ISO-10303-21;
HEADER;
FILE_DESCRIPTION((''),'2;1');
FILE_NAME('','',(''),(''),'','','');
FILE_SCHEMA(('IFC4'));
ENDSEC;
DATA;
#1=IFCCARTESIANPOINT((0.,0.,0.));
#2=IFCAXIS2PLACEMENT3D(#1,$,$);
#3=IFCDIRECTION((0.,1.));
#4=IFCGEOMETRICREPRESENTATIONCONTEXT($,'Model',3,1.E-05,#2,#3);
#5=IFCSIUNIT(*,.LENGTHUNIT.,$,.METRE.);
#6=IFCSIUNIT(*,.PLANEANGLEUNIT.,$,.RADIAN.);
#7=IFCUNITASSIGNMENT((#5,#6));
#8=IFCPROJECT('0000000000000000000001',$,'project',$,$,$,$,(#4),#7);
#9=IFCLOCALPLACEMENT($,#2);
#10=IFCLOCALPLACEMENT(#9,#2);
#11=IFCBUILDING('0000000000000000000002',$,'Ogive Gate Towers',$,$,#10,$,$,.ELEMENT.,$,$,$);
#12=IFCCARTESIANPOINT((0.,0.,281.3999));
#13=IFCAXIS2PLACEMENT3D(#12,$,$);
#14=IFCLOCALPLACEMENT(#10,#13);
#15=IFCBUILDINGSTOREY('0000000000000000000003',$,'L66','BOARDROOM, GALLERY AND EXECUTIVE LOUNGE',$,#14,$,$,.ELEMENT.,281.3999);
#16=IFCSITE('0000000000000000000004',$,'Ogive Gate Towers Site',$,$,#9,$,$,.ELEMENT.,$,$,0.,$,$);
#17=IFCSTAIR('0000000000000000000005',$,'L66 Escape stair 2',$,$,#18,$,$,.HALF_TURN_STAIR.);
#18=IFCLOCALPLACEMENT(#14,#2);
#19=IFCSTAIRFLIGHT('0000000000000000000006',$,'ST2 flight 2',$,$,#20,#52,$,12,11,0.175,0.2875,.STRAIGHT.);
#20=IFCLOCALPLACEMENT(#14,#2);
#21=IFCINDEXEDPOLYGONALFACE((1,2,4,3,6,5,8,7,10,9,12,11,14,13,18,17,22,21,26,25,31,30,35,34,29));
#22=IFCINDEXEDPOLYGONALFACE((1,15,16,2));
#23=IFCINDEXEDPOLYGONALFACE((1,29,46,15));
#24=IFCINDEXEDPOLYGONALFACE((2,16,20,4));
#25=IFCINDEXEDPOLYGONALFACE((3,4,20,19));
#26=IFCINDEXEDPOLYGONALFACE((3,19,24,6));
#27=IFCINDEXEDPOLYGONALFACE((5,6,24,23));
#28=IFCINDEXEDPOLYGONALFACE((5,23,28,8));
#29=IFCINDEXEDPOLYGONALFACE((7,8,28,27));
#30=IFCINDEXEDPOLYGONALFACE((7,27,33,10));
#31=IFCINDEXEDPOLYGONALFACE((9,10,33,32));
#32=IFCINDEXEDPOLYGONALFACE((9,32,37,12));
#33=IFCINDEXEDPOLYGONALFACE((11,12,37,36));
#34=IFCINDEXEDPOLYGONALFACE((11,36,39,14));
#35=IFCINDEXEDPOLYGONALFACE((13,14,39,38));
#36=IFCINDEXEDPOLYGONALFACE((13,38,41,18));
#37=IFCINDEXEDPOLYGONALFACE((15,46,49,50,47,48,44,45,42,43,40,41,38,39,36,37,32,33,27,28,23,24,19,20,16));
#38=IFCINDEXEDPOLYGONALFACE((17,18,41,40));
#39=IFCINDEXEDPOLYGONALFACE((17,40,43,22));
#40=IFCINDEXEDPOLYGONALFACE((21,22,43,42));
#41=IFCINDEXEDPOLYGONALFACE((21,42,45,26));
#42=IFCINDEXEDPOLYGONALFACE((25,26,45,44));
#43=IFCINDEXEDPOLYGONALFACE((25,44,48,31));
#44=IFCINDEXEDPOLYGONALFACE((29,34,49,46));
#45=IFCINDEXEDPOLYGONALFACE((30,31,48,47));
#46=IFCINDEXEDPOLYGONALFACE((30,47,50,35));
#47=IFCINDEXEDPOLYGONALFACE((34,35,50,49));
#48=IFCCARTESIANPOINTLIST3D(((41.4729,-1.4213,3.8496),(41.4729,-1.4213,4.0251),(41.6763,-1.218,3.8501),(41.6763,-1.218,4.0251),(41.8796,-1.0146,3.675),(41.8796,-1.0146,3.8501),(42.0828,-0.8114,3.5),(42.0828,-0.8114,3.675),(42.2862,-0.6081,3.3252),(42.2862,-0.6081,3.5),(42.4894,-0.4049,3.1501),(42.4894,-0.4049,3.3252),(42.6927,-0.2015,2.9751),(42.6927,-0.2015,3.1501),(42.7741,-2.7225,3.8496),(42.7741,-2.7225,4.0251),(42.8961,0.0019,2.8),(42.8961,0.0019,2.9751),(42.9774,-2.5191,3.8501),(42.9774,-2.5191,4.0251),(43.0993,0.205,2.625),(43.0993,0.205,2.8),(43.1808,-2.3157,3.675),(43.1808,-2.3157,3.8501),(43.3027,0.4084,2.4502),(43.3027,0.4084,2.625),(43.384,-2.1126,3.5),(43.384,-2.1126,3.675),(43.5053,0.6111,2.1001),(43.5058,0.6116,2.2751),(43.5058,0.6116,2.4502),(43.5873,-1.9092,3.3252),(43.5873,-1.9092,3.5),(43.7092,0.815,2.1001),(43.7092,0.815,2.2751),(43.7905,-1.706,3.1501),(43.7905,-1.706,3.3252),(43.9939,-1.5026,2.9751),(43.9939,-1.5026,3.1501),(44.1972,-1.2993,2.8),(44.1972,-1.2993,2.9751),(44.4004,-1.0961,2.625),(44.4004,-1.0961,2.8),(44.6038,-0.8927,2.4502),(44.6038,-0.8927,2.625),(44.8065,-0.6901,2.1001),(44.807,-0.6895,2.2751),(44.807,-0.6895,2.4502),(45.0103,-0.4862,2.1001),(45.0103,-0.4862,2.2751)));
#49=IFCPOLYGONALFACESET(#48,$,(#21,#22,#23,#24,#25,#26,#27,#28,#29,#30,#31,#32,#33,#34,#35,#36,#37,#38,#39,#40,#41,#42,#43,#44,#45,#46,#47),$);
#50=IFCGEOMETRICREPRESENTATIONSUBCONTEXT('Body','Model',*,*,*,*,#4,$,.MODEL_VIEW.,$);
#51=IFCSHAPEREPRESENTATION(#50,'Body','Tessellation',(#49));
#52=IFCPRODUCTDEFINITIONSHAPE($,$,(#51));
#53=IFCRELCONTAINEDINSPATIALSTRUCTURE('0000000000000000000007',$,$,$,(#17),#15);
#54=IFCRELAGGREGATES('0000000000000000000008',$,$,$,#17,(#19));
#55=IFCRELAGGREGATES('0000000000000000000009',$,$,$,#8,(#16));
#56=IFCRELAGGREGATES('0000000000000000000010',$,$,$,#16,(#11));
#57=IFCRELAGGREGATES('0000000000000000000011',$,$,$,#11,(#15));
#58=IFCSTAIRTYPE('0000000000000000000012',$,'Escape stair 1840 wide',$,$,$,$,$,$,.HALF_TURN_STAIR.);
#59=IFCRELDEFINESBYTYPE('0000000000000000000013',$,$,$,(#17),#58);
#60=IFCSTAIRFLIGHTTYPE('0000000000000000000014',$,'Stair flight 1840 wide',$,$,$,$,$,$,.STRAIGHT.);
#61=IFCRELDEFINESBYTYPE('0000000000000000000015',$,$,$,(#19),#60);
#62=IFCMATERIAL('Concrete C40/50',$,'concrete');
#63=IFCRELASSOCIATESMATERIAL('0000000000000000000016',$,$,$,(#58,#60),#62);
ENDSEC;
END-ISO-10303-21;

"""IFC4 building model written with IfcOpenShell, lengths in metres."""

from ifc_helpers import new_model, si_unit, direction, frame, origin, place, context, subcontext, project, spatial, polyline, outline, extrude, material, type_object, element, aggregate, save


model = new_model("IFC4")

# Units and contexts
model_context = context("Model", 3, precision=1e-05, world=origin(), true_north=direction((0.0, 1.0)))
body_context = subcontext(model_context, "Body", "Model", "MODEL_VIEW")
ifc_project = project(units=[si_unit("LENGTHUNIT", "METRE"), si_unit("PLANEANGLEUNIT", "RADIAN")], contexts=[model_context])

# Site, building, storey
site_placement = place(None, origin())
site = spatial("IfcSite", under=ifc_project, at=site_placement, Name="Ogive Gate Towers Site", CompositionType="ELEMENT", RefElevation=0.0)
building_placement = place(site_placement, origin())
building = spatial("IfcBuilding", under=site, at=building_placement, Name="Ogive Gate Towers", CompositionType="ELEMENT")
storey_placement = place(building_placement, frame((0.0, 0.0, 281.3999)))
storey = spatial("IfcBuildingStorey", under=building, at=storey_placement, Name="L66", Description="BOARDROOM, GALLERY AND EXECUTIVE LOUNGE", CompositionType="ELEMENT", Elevation=281.3999)

# Stair, stair flight
ifc_material_1 = material(Name="Concrete C40/50", Category="concrete")
stair_type = type_object("IfcStairType", Name="Escape stair 1840 wide", PredefinedType="HALF_TURN_STAIR", material=ifc_material_1)
stair_placement = place(storey_placement, origin())
stair = element("IfcStair", 1, at=stair_placement, inside=storey, type_object=stair_type, Name="L66 Escape stair 2", PredefinedType="HALF_TURN_STAIR")
stair_flight_type = type_object("IfcStairFlightType", Name="Stair flight 1840 wide", PredefinedType="STRAIGHT", material=ifc_material_1)
stair_flight_placement = place(storey_placement, frame((44.3599, 0.1643, 2.1001), z_axis=(0.0, 0.0, 1.0), x_axis=(-0.707107, -0.707107, 0.0)))
stair_flight = element("IfcStairFlight", 2, at=stair_flight_placement, type_object=stair_flight_type, Name="ST2 flight 2", NumberOfRisers=12, NumberOfTreads=11, PredefinedType="STRAIGHT", RiserHeight=0.175, TreadLength=0.2875, context=body_context, shape_type="SweptSolid", body=[
    extrude(outline(polyline([(0.0, 0.0), (0.0, 0.175), (0.2876, 0.175), (0.2876, 0.3501), (0.575, 0.3501), (0.575, 0.5249), (0.8625, 0.5249), (0.8625, 0.7), (1.1499, 0.7), (1.1499, 0.875), (1.4375, 0.875), (1.4375, 1.05), (1.7251, 1.05), (1.7251, 1.2251), (2.0125, 1.2251), (2.0125, 1.3999), (2.3, 1.3999), (2.3, 1.575), (2.5874, 1.575), (2.5874, 1.75), (2.875, 1.75), (2.875, 1.925), (3.1626, 1.925), (3.1626, 2.1001), (3.1626, 1.7495), (0.2883, 0.0), (0.0, 0.0)])), frame((0.0, 0.9199, 0.0), z_axis=(0.0, -1.0, 0.0), x_axis=(1.0, 0.0, 0.0)), (0.0, 0.0, 1.0), 1.8401),
])
aggregate(stair, [stair_flight])

save(model, "model.ifc")
